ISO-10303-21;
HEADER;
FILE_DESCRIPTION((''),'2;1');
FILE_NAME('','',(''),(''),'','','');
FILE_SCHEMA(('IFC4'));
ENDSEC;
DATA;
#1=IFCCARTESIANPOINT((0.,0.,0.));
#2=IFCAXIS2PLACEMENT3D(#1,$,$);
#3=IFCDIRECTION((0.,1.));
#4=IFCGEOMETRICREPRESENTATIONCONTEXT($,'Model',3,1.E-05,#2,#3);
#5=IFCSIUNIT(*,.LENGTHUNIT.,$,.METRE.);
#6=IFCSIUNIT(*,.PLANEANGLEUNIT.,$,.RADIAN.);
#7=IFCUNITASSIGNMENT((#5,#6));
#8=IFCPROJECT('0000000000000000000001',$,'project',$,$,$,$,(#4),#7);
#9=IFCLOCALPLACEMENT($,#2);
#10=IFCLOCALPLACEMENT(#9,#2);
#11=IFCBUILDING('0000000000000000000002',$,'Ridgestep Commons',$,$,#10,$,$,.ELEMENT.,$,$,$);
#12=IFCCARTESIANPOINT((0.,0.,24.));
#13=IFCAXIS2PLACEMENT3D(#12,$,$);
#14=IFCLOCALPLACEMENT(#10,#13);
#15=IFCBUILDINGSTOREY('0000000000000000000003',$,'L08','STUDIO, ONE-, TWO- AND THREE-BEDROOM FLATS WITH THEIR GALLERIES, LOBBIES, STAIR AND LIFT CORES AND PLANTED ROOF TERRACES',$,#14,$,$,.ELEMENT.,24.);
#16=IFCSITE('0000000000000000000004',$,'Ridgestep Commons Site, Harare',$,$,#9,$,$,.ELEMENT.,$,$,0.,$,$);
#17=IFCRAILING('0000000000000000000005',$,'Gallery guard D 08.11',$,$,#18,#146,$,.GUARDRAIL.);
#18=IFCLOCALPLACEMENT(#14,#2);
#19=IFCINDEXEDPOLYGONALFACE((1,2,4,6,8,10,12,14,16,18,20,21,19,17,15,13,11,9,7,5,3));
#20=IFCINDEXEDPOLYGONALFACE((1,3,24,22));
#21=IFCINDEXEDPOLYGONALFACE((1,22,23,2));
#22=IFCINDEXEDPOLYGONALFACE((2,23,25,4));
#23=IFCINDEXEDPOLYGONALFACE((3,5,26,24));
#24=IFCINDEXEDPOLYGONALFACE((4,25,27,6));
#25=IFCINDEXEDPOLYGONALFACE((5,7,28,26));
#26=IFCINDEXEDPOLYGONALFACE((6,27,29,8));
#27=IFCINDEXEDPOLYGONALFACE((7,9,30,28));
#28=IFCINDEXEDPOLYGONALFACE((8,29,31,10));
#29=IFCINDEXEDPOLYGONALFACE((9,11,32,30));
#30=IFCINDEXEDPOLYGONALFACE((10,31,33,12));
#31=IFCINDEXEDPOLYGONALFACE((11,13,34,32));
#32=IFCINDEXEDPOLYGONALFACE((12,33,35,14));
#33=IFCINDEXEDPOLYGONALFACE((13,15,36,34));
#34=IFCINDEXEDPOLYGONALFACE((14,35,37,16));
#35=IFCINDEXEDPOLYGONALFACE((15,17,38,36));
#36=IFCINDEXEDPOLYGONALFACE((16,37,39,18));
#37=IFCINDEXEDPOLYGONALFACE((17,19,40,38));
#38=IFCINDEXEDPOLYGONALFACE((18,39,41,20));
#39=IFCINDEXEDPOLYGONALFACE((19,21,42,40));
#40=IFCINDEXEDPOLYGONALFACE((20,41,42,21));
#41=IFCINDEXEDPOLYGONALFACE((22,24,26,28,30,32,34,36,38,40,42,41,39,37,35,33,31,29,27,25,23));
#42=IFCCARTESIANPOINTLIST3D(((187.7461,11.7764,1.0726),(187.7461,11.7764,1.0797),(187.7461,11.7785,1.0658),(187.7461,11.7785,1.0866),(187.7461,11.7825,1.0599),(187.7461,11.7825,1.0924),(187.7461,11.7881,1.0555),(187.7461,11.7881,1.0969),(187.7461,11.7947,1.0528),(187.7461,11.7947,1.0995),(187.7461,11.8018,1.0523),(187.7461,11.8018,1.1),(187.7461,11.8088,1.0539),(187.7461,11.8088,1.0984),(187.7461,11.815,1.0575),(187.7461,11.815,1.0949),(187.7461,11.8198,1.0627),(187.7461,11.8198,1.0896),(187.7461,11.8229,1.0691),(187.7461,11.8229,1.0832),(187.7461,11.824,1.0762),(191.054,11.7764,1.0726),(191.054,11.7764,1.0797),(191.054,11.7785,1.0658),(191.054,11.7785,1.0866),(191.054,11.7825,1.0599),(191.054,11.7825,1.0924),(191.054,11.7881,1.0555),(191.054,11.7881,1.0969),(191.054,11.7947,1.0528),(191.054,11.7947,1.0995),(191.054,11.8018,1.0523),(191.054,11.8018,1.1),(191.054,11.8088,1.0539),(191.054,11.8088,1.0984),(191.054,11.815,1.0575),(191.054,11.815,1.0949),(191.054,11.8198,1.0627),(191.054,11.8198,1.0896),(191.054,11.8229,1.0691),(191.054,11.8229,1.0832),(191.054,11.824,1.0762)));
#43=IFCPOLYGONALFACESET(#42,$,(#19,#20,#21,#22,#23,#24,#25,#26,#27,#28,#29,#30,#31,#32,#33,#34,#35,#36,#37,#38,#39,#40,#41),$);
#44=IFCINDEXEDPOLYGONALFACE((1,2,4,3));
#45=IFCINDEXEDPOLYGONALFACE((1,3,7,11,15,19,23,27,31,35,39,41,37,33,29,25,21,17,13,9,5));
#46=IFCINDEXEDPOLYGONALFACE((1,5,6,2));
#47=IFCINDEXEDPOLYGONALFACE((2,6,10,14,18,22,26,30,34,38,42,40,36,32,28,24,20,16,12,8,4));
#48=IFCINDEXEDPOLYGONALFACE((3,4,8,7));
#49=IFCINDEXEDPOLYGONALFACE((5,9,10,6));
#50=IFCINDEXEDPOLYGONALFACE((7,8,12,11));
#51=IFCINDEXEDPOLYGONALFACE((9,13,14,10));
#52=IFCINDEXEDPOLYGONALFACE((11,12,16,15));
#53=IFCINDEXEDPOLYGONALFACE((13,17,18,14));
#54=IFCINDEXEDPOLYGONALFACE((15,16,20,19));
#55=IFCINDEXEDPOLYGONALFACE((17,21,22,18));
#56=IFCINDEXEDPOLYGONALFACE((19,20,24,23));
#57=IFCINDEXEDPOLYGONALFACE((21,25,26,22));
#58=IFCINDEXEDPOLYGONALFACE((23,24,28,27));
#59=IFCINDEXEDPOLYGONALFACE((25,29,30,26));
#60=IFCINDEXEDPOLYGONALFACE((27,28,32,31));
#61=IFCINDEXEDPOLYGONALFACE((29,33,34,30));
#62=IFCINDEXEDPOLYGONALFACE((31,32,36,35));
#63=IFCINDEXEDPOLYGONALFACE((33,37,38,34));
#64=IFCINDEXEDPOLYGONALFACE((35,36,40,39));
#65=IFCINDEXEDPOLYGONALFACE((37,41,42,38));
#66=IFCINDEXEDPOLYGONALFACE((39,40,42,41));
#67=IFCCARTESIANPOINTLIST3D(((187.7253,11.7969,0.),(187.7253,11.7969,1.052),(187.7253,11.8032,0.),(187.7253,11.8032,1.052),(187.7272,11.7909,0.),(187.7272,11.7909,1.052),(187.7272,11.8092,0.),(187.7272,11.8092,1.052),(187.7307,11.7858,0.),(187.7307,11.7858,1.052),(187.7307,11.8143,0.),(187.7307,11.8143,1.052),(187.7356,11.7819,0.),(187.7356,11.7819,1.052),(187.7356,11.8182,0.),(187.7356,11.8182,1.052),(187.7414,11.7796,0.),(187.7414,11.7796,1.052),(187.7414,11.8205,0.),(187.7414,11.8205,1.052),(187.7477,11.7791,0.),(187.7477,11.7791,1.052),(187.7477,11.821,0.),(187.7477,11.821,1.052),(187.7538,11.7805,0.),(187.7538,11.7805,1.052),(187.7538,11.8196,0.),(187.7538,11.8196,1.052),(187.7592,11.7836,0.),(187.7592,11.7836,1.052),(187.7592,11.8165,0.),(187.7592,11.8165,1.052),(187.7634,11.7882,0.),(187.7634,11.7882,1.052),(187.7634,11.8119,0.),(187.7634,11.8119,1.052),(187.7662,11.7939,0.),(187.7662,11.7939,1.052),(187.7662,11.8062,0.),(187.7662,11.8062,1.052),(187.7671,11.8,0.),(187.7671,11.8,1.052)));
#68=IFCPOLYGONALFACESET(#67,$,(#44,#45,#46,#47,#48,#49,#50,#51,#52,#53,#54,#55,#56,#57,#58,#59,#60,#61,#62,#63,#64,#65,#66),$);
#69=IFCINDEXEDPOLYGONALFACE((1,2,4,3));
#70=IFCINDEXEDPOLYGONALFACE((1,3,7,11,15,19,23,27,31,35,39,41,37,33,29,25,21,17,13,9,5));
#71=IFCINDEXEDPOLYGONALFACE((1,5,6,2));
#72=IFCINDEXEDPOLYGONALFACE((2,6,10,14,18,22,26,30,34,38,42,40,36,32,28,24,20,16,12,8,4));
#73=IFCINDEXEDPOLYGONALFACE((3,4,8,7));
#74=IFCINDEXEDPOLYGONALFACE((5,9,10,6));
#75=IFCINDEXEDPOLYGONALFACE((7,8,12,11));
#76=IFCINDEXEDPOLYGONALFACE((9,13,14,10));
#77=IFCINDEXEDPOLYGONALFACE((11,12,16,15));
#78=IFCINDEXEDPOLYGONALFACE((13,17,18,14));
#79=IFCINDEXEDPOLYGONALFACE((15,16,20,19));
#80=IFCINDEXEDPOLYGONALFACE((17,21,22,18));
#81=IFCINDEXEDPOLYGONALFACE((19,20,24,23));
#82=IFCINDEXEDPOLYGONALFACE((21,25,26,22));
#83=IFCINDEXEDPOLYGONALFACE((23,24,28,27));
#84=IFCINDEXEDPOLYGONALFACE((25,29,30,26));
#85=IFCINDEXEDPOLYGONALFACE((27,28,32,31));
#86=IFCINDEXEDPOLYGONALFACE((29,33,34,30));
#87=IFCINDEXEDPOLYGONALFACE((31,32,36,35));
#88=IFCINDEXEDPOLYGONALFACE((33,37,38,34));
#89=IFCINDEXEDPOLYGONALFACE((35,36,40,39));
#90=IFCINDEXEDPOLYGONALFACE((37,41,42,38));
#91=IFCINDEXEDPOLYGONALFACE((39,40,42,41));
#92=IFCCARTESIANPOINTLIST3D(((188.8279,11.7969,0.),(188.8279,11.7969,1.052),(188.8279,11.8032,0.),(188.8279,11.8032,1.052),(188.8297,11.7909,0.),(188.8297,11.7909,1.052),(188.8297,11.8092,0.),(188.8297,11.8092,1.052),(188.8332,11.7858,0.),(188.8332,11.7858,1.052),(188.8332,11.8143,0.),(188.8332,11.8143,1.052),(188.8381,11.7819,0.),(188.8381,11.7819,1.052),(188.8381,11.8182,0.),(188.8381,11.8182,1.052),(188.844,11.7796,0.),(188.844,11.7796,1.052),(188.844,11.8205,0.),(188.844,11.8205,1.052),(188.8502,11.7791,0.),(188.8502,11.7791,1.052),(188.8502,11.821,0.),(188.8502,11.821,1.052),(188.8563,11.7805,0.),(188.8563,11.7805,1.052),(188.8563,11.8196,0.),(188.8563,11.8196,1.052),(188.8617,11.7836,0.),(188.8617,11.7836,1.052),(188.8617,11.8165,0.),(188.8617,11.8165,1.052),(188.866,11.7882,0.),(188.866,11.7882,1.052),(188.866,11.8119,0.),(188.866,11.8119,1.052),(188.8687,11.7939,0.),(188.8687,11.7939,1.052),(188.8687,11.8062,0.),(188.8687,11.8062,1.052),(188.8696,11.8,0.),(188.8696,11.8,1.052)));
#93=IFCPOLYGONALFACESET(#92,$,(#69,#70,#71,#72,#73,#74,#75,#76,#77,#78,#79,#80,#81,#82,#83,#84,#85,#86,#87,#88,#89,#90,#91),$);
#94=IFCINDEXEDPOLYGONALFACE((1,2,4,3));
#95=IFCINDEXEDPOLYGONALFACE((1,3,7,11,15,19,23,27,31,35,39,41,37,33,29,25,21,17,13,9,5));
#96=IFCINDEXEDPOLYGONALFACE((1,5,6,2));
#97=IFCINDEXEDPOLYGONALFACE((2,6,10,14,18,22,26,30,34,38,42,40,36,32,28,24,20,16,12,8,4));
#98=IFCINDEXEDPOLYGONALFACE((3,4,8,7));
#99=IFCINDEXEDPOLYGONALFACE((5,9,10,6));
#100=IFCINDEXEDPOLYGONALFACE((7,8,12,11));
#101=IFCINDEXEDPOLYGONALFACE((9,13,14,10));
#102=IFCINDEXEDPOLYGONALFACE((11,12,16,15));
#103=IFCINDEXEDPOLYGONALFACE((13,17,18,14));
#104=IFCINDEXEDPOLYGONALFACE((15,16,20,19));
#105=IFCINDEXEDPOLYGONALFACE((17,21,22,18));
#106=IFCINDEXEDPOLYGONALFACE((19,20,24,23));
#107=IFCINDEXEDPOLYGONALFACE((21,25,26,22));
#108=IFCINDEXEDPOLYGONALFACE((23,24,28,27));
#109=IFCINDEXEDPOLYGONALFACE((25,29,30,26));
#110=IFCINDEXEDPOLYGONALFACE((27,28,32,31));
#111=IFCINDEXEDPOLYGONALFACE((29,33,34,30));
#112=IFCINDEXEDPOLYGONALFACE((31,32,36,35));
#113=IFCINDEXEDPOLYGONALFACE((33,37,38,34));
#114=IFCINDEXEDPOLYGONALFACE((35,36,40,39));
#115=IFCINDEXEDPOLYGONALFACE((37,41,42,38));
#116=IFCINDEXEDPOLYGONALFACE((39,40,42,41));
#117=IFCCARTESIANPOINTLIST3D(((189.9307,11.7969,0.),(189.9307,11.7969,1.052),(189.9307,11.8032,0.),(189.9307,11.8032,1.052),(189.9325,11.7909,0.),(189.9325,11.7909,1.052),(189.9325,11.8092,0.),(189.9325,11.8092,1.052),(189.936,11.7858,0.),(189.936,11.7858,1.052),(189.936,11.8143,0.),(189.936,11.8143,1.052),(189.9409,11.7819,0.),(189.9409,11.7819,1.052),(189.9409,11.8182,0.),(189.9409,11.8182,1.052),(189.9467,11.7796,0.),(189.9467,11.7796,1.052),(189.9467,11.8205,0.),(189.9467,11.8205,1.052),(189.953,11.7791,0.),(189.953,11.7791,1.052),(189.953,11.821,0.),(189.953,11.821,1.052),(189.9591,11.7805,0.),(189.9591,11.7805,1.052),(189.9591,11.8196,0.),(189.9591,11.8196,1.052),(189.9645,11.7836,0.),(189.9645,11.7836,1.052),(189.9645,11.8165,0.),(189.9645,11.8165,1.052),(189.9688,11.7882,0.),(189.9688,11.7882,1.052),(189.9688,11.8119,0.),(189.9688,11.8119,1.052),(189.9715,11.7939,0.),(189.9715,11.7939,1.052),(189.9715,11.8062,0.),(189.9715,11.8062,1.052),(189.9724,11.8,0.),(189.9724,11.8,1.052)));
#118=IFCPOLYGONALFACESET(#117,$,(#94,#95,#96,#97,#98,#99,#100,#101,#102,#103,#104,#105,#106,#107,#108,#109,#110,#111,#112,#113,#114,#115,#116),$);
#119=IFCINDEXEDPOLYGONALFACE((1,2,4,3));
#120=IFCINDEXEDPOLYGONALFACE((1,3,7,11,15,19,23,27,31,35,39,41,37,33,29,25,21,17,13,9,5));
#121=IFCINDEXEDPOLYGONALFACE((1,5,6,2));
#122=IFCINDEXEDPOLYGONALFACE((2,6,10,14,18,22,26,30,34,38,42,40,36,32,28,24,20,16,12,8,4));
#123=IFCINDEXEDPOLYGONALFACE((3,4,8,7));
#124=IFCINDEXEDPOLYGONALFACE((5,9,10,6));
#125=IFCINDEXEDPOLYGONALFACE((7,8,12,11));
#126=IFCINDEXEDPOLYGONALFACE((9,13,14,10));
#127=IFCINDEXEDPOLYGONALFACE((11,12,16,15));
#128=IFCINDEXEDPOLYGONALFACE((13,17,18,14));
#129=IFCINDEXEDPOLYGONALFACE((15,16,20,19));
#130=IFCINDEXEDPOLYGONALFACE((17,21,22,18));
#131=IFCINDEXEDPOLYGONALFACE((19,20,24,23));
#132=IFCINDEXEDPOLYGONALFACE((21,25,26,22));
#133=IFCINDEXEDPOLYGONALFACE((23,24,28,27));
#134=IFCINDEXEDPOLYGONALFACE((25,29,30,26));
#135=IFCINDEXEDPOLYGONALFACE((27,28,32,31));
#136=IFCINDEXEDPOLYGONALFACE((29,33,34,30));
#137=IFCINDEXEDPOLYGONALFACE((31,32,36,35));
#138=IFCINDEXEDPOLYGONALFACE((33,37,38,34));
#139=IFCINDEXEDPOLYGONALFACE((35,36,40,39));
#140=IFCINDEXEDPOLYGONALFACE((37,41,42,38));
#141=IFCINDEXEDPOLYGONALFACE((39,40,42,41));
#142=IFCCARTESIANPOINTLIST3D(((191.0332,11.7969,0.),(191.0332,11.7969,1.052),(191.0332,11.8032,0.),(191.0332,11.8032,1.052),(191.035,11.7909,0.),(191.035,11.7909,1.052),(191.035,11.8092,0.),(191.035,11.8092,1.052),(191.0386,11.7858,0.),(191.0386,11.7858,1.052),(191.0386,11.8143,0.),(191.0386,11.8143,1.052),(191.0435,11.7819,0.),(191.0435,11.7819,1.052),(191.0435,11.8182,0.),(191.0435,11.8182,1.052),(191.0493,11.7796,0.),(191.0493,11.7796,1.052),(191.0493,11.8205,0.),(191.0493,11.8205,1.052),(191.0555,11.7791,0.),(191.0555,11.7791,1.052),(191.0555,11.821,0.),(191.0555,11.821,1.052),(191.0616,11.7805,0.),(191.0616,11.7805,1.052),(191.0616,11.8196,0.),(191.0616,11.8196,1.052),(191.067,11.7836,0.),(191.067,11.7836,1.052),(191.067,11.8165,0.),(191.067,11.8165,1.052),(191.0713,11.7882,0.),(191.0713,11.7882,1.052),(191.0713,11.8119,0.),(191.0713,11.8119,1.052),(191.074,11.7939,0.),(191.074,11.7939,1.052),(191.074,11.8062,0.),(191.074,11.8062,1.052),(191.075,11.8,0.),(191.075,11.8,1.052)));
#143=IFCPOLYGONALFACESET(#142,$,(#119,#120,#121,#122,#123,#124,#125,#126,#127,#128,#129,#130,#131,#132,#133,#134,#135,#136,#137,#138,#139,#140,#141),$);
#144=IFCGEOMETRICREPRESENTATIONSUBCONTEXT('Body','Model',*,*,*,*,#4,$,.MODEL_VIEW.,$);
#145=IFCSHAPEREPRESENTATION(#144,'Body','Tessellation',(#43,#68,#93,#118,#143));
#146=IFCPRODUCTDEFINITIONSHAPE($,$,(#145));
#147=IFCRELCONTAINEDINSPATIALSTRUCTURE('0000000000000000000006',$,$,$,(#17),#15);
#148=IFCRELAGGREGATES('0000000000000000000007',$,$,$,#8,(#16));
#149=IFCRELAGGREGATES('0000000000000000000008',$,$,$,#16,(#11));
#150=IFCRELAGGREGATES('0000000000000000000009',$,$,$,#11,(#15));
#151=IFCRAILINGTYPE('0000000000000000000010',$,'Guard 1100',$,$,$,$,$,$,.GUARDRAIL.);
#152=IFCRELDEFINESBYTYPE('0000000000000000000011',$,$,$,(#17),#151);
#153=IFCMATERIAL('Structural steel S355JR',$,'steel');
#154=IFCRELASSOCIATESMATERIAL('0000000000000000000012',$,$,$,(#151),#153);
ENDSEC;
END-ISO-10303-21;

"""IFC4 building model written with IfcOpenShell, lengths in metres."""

from ifc_helpers import new_model, si_unit, direction, frame, origin, origin_2d, place, context, subcontext, project, spatial, circle, extrude, material, type_object, element, save


model = new_model("IFC4")

# Units and contexts
model_context = context("Model", 3, precision=1e-05, world=origin(), true_north=direction((0.0, 1.0)))
body_context = subcontext(model_context, "Body", "Model", "MODEL_VIEW")
ifc_project = project(units=[si_unit("LENGTHUNIT", "METRE"), si_unit("PLANEANGLEUNIT", "RADIAN")], contexts=[model_context])

# Site, building, storey
site_placement = place(None, origin())
site = spatial("IfcSite", under=ifc_project, at=site_placement, Name="Ridgestep Commons Site, Harare", CompositionType="ELEMENT", RefElevation=0.0)
building_placement = place(site_placement, origin())
building = spatial("IfcBuilding", under=site, at=building_placement, Name="Ridgestep Commons", CompositionType="ELEMENT")
storey_placement = place(building_placement, frame((0.0, 0.0, 24.0)))
storey = spatial("IfcBuildingStorey", under=building, at=storey_placement, Name="L08", Description="STUDIO, ONE-, TWO- AND THREE-BEDROOM FLATS WITH THEIR GALLERIES, LOBBIES, STAIR AND LIFT CORES AND PLANTED ROOF TERRACES", CompositionType="ELEMENT", Elevation=24.0)

# Railing
ifc_material_1 = material(Name="Structural steel S355JR", Category="steel")
railing_type = type_object("IfcRailingType", Name="Guard 1100", PredefinedType="GUARDRAIL", material=ifc_material_1)
railing_1_placement = place(storey_placement, frame((187.7461, 11.8, 0.0)))
element("IfcRailing", 1, at=railing_1_placement, inside=storey, type_object=railing_type, Name="Gallery guard D 08.11", PredefinedType="GUARDRAIL", context=body_context, shape_type="SweptSolid", body=[
    extrude(circle(Radius=0.0239, at=origin_2d()), frame((0.0, 0.0, 1.0762), z_axis=(1.0, 0.0, 0.0), x_axis=(0.0, 1.0, 0.0)), (0.0, 0.0, 1.0), 3.3079),
    extrude(circle(Radius=0.021, at=origin_2d()), origin(), (0.0, 0.0, 1.0), 1.052),
    extrude(circle(Radius=0.021, at=origin_2d()), frame((1.1025, 0.0, 0.0)), (0.0, 0.0, 1.0), 1.052),
    extrude(circle(Radius=0.021, at=origin_2d()), frame((2.2053, 0.0, 0.0)), (0.0, 0.0, 1.0), 1.052),
    extrude(circle(Radius=0.021, at=origin_2d()), frame((3.3079, 0.0, 0.0)), (0.0, 0.0, 1.0), 1.052),
])

save(model, "model.ifc")
